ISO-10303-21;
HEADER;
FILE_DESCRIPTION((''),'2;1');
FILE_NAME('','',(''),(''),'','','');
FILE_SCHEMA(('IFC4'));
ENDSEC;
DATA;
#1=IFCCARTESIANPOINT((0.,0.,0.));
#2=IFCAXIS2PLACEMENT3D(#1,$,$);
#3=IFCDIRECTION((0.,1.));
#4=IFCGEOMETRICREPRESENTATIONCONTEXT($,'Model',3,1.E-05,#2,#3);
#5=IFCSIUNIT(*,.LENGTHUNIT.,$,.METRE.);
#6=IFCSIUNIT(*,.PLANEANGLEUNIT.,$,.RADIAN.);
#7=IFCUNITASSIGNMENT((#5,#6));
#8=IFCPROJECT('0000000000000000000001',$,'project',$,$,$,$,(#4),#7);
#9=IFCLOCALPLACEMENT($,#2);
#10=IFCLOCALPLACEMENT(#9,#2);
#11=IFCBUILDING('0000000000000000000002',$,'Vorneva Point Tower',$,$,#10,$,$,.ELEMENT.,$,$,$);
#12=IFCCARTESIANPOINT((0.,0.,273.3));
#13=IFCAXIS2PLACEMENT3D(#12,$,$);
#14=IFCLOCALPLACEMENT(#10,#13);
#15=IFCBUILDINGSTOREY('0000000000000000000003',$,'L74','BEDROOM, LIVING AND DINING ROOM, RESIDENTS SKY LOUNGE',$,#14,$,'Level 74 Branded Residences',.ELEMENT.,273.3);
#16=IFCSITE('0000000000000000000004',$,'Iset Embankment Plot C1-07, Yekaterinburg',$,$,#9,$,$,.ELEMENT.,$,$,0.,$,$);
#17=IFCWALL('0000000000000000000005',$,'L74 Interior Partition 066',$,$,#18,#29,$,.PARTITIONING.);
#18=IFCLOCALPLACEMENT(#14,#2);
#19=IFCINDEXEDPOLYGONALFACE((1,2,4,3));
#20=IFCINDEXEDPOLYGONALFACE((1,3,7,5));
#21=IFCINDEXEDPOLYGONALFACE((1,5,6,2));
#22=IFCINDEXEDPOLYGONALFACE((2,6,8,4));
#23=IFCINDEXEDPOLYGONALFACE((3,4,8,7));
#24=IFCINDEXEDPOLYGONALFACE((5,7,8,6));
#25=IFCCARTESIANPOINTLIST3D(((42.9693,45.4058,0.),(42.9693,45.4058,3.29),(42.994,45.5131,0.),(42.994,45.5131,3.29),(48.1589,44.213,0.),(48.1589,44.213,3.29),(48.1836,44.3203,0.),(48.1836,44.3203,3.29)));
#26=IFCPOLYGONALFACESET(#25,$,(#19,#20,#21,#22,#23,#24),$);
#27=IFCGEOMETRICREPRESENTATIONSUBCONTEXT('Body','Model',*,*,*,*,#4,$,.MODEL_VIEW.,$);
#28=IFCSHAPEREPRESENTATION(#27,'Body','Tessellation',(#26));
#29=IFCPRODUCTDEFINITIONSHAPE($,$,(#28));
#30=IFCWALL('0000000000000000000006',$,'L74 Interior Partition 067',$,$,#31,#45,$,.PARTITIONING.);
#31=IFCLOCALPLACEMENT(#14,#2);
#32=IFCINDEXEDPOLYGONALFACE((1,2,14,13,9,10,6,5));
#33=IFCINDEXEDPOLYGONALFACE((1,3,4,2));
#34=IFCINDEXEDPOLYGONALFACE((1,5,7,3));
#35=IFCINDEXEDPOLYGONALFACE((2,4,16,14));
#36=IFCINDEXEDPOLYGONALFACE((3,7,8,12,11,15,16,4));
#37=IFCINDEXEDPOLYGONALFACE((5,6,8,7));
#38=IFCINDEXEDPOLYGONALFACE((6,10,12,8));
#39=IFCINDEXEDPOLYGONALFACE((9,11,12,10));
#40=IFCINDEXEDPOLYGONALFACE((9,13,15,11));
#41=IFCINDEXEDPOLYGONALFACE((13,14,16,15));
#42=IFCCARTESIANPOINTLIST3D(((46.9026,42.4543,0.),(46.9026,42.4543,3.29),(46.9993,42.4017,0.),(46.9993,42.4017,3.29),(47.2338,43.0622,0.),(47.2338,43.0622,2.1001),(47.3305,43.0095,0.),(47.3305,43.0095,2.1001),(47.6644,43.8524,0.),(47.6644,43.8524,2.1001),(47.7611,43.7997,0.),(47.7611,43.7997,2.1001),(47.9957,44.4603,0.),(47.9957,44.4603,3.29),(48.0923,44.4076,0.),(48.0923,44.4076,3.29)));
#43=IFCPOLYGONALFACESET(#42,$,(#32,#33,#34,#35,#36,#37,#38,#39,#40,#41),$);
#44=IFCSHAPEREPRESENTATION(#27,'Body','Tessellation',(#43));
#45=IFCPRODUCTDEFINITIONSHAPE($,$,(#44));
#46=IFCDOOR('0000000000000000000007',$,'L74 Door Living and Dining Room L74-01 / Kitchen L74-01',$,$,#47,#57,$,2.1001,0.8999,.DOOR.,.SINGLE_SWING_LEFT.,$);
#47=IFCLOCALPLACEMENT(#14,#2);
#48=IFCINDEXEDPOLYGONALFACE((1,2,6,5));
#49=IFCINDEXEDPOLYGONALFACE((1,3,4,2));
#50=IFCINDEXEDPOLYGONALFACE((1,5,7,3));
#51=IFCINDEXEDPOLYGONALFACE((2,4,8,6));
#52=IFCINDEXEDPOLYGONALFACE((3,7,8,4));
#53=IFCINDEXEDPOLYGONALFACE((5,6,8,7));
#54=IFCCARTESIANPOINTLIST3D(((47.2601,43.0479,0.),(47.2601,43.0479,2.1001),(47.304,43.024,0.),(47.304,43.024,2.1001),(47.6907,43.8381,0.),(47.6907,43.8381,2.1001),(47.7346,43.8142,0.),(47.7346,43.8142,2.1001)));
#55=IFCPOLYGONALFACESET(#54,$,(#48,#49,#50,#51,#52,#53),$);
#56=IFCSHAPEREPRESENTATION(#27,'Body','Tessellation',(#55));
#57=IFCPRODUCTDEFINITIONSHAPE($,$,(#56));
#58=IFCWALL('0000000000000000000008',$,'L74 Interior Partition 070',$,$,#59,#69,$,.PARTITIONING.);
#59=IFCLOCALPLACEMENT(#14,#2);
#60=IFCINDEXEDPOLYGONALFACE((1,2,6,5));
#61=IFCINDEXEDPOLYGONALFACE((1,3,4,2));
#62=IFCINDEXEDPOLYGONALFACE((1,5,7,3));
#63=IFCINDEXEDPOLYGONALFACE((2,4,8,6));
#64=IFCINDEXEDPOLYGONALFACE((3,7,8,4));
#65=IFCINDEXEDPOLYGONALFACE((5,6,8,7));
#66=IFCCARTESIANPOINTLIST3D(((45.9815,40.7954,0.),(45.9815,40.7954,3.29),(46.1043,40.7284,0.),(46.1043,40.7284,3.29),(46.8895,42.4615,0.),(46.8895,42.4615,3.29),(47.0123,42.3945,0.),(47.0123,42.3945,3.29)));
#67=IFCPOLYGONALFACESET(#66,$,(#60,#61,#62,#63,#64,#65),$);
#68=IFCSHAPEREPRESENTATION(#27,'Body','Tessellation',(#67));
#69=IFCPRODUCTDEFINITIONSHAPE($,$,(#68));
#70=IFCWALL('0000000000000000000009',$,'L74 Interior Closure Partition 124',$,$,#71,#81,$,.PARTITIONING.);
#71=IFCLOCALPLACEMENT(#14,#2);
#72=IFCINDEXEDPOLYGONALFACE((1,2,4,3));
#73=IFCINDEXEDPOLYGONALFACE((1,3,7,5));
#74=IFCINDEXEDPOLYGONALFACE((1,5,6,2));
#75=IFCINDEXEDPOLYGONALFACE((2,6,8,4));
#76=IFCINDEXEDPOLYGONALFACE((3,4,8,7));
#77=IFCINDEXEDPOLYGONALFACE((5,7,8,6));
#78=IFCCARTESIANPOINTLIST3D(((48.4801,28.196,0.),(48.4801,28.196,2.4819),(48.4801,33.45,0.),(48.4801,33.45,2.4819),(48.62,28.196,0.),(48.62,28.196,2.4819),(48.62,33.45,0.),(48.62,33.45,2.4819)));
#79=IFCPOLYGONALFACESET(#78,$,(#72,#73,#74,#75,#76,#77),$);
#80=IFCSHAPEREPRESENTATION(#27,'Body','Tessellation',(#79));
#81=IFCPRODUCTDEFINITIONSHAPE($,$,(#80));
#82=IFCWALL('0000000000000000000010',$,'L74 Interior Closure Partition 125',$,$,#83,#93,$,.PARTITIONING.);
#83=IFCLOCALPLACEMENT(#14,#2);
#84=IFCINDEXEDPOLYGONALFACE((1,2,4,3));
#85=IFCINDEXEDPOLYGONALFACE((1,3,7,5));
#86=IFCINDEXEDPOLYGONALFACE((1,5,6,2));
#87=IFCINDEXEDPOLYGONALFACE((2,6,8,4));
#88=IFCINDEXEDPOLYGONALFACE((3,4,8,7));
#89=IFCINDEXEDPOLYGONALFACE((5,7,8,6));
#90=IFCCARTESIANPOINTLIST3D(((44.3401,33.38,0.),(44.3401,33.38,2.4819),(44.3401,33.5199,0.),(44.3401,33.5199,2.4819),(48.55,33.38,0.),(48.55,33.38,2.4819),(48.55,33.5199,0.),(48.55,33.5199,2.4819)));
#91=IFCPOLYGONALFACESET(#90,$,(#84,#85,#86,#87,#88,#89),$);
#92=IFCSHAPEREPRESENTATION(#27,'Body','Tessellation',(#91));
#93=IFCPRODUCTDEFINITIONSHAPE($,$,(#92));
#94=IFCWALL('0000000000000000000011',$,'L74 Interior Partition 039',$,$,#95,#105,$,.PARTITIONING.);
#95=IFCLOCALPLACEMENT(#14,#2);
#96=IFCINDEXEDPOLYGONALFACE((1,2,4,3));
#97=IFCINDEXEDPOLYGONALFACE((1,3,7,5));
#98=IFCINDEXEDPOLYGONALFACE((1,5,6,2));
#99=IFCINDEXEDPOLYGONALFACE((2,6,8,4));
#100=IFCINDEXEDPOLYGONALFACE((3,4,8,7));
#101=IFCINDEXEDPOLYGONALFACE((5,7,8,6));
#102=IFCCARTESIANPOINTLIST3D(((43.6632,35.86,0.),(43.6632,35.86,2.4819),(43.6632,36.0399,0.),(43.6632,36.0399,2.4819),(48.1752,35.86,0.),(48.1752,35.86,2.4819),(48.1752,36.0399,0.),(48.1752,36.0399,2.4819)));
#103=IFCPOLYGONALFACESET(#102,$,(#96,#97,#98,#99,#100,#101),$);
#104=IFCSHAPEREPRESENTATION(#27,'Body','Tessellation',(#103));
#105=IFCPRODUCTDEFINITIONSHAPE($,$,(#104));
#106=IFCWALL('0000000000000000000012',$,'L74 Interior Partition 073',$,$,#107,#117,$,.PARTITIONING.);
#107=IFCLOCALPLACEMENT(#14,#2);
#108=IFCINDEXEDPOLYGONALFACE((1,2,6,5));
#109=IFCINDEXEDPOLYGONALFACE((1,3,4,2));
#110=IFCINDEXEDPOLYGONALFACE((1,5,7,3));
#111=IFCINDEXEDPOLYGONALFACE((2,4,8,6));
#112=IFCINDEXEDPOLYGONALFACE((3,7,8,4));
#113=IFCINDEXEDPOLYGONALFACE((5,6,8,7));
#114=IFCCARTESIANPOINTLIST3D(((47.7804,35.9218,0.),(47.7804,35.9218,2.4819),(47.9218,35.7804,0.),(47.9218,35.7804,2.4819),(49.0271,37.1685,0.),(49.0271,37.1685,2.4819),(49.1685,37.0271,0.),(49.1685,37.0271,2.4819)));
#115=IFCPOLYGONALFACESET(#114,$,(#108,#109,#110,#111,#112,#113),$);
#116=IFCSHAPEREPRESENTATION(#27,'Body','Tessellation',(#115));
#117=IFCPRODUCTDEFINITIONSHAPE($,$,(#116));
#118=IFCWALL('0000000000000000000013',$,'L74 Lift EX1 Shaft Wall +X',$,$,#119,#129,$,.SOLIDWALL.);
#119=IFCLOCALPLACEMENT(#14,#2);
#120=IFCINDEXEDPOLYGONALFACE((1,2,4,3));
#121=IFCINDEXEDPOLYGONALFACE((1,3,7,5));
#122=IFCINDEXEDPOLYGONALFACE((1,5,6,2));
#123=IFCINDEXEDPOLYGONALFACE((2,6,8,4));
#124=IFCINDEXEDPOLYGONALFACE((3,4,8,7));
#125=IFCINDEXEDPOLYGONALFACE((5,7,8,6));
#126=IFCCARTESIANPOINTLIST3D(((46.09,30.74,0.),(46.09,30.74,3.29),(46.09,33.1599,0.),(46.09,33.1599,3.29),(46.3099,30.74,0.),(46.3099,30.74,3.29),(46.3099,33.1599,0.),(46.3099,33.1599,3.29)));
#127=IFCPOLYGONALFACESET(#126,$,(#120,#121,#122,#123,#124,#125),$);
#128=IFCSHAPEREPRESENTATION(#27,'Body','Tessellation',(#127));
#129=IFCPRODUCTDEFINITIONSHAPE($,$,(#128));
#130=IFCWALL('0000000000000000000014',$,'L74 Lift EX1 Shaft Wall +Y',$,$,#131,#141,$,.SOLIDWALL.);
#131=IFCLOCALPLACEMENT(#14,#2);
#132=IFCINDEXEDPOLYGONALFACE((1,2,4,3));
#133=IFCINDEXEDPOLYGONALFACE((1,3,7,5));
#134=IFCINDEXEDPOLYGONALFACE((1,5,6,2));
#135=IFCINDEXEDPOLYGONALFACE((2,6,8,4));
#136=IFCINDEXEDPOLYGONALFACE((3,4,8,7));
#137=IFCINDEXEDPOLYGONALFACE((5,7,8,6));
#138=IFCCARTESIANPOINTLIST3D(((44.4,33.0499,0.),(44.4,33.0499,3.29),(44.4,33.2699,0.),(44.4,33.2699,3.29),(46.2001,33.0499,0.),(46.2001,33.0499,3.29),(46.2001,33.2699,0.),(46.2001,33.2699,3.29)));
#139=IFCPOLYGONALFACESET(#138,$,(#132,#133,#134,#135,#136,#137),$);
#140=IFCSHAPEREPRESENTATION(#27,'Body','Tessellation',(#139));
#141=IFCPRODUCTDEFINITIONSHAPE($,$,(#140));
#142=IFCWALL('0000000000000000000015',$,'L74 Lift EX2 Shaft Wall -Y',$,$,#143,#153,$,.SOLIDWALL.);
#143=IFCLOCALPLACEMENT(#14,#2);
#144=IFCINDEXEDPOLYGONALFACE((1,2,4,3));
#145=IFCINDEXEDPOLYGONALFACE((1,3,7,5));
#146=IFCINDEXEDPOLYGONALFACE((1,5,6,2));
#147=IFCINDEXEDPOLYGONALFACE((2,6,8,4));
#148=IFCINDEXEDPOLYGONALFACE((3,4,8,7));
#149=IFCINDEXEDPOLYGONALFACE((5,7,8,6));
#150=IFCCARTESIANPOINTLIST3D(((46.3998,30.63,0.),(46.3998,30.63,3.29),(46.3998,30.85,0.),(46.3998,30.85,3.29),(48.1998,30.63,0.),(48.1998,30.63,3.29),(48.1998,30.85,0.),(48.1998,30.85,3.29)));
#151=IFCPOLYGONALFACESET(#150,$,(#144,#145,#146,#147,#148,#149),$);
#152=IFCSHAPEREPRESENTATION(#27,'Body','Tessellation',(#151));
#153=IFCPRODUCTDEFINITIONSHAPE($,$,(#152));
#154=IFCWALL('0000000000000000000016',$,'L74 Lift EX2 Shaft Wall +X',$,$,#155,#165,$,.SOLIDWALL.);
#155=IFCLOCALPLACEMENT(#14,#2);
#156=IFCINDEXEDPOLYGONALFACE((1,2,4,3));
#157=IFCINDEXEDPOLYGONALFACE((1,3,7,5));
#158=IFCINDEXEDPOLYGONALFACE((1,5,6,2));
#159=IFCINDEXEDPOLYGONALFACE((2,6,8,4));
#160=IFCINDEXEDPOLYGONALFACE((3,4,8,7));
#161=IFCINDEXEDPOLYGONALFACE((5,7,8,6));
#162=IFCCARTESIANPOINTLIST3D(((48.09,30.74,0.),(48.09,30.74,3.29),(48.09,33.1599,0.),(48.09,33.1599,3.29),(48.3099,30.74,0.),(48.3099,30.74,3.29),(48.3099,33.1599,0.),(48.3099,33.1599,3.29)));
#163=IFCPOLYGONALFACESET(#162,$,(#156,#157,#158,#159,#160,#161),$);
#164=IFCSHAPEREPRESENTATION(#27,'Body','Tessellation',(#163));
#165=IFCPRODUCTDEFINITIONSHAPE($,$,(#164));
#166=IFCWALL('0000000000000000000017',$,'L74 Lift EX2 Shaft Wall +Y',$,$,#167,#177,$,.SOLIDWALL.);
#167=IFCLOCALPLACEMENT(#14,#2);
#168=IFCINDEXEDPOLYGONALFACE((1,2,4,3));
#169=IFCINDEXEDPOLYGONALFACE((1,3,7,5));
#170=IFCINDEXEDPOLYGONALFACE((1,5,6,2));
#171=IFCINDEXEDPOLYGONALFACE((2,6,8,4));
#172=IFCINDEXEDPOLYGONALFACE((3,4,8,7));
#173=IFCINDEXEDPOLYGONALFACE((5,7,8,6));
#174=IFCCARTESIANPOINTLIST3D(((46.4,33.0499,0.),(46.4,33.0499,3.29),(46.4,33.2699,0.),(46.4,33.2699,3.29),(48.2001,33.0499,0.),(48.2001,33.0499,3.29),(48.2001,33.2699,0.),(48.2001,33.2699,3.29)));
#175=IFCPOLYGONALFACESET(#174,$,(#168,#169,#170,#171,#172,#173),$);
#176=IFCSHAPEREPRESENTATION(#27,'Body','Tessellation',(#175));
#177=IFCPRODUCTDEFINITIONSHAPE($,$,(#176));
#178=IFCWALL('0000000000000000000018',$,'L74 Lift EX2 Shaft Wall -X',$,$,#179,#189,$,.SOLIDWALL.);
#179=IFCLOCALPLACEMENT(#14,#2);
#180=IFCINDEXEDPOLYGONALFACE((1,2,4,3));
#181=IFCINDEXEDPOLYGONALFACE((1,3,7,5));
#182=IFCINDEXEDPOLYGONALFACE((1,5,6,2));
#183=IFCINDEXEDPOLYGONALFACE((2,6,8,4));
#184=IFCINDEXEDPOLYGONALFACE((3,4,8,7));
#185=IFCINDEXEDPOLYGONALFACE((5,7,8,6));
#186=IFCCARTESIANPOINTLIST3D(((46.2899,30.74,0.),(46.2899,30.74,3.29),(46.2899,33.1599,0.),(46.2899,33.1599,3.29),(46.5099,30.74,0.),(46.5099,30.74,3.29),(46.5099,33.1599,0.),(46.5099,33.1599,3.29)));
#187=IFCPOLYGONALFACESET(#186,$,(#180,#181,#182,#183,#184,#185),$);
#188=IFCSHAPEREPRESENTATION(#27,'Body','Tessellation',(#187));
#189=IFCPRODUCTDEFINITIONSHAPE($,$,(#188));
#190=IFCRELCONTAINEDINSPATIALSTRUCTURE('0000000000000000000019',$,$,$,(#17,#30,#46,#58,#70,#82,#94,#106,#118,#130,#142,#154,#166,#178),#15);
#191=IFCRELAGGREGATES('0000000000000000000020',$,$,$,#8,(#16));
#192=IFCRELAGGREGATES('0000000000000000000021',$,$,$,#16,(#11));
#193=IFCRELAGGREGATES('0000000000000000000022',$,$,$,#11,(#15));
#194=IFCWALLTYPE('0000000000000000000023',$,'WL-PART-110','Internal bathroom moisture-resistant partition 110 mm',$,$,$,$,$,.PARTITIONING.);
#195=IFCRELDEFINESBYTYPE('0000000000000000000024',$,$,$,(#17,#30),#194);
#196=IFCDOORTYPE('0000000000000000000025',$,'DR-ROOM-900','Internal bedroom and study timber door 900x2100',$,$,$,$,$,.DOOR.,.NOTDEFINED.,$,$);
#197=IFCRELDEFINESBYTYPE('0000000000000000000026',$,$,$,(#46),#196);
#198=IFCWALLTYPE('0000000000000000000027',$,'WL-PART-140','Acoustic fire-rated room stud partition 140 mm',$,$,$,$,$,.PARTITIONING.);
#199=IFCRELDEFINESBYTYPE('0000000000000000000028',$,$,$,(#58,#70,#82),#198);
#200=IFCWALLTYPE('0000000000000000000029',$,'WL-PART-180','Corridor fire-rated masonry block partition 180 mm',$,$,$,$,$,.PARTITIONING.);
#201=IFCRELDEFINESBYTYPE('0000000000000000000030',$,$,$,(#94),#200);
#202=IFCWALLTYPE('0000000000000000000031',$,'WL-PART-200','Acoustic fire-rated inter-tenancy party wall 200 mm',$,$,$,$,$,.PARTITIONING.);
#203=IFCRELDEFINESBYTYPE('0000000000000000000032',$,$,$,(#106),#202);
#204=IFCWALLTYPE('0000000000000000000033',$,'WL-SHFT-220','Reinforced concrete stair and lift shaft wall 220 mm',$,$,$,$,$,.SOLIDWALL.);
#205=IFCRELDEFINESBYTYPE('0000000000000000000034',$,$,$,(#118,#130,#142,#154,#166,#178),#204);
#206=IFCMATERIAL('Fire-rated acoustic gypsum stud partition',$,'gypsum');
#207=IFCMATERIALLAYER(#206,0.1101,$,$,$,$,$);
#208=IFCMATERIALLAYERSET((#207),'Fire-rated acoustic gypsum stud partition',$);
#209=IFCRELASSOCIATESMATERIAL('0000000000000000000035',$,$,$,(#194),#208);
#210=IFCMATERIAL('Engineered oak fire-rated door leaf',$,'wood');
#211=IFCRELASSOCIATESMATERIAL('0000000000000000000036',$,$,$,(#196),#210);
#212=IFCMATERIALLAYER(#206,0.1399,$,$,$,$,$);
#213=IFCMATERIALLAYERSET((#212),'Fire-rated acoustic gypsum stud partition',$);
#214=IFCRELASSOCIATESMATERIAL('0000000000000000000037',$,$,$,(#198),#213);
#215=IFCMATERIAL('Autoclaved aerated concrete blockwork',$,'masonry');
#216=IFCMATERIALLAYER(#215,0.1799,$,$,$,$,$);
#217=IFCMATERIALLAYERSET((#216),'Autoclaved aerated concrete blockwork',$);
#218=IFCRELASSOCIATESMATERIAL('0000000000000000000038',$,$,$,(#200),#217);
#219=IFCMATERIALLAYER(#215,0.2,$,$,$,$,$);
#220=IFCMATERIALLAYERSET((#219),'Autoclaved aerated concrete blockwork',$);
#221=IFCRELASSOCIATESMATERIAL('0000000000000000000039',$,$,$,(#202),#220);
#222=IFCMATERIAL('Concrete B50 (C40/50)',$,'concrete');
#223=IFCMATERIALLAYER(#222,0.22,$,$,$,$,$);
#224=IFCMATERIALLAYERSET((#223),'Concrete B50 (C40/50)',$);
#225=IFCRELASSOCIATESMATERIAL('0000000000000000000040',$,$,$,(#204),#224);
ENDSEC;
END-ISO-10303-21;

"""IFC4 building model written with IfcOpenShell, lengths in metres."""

from ifc_helpers import new_model, si_unit, direction, frame, frame_2d, origin, place, context, subcontext, project, spatial, rectangle, extrude, material, layer, layer_set, type_object, element, fill, save


model = new_model("IFC4")

# Units and contexts
model_context = context("Model", 3, precision=1e-05, world=origin(), true_north=direction((0.0, 1.0)))
body_context = subcontext(model_context, "Body", "Model", "MODEL_VIEW")
ifc_project = project(units=[si_unit("LENGTHUNIT", "METRE"), si_unit("PLANEANGLEUNIT", "RADIAN")], contexts=[model_context])

# Site, building, storey
site_placement = place(None, origin())
site = spatial("IfcSite", under=ifc_project, at=site_placement, Name="Iset Embankment Plot C1-07, Yekaterinburg", CompositionType="ELEMENT", RefElevation=0.0)
building_placement = place(site_placement, origin())
building = spatial("IfcBuilding", under=site, at=building_placement, Name="Vorneva Point Tower", CompositionType="ELEMENT")
storey_placement = place(building_placement, frame((0.0, 0.0, 273.3)))
storey = spatial("IfcBuildingStorey", under=building, at=storey_placement, Name="L74", Description="BEDROOM, LIVING AND DINING ROOM, RESIDENTS SKY LOUNGE", LongName="Level 74 Branded Residences", CompositionType="ELEMENT", Elevation=273.3)

# Shared definitions
ifc_material_1 = material(Name="Concrete B50 (C40/50)", Category="concrete")

# Wall
ifc_material_2 = material(Name="Fire-rated acoustic gypsum stud partition", Category="gypsum")
ifc_layer_1 = layer(ifc_material_2, 0.1101)
ifc_layer_set_1 = layer_set([ifc_layer_1], Name="Fire-rated acoustic gypsum stud partition")
wall_type_1 = type_object("IfcWallType", Name="WL-PART-110", Description="Internal bathroom moisture-resistant partition 110 mm", PredefinedType="PARTITIONING", material=ifc_layer_set_1)
wall_1_placement = place(storey_placement, frame((48.1714, 44.2666, 0.0), z_axis=(0.0, 0.0, 1.0), x_axis=(-0.974586, 0.224012, 0.0)))
element("IfcWall", 1, at=wall_1_placement, inside=storey, type_object=wall_type_1, Name="L74 Interior Partition 066", PredefinedType="PARTITIONING", context=body_context, shape_type="SweptSolid", body=[
    extrude(rectangle(XDim=5.325, YDim=0.1101, at=frame_2d((2.6626, 0.0))), origin(), (0.0, 0.0, 1.0), 3.29),
])

# Wall, opening, door
wall_2_placement = place(storey_placement, frame((48.0439, 44.4338, 0.0), z_axis=(0.0, 0.0, 1.0), x_axis=(-0.478485, -0.878096, 0.0)))
wall_2 = element("IfcWall", 2, at=wall_2_placement, inside=storey, type_object=wall_type_1, Name="L74 Interior Partition 067", PredefinedType="PARTITIONING", context=body_context, shape_type="SweptSolid", body=[
    extrude(rectangle(XDim=2.2844, YDim=0.1101, at=frame_2d((1.1421, 0.0))), origin(), (0.0, 0.0, 1.0), 3.29),
])
opening_placement = place(wall_2_placement, frame((0.6921, 0.0, 0.0)))
opening = element("IfcOpeningElement", 3, at=opening_placement, cuts=wall_2, PredefinedType="OPENING", context=body_context, shape_type="SweptSolid", body=[
    extrude(rectangle(XDim=0.8999, YDim=2.1001, at=frame_2d((0.45, 1.05))), frame((0.0, 0.0698, 0.0), z_axis=(0.0, -1.0, 0.0), x_axis=(1.0, 0.0, 0.0)), (0.0, 0.0, 1.0), 0.1399),
])
ifc_material_3 = material(Name="Engineered oak fire-rated door leaf", Category="wood")
door_type = type_object("IfcDoorType", Name="DR-ROOM-900", Description="Internal bedroom and study timber door 900x2100", OperationType="NOTDEFINED", PredefinedType="DOOR", material=ifc_material_3)
door_placement = place(opening_placement, origin())
door = element("IfcDoor", 4, at=door_placement, inside=storey, type_object=door_type, Name="L74 Door Living and Dining Room L74-01 / Kitchen L74-01", OperationType="SINGLE_SWING_LEFT", OverallHeight=2.1001, OverallWidth=0.8999, PredefinedType="DOOR", context=body_context, shape_type="SweptSolid", body=[
    extrude(rectangle(XDim=0.8999, YDim=2.1001, at=frame_2d((0.45, 1.05))), frame((0.0, 0.0249, 0.0), z_axis=(0.0, -1.0, 0.0), x_axis=(1.0, 0.0, 0.0)), (0.0, 0.0, 1.0), 0.05),
])
fill(opening, door)

# Walls
ifc_layer_2 = layer(ifc_material_2, 0.1399)
ifc_layer_set_2 = layer_set([ifc_layer_2], Name="Fire-rated acoustic gypsum stud partition")
wall_type_2 = type_object("IfcWallType", Name="WL-PART-140", Description="Acoustic fire-rated room stud partition 140 mm", PredefinedType="PARTITIONING", material=ifc_layer_set_2)
wall_3_placement = place(storey_placement, frame((46.9509, 42.428, 0.0), z_axis=(0.0, 0.0, 1.0), x_axis=(-0.478537, -0.878068, 0.0)))
element("IfcWall", 5, at=wall_3_placement, inside=storey, type_object=wall_type_2, Name="L74 Interior Partition 070", PredefinedType="PARTITIONING", context=body_context, shape_type="SweptSolid", body=[
    extrude(rectangle(XDim=1.8975, YDim=0.1399, at=frame_2d((0.9487, 0.0))), origin(), (0.0, 0.0, 1.0), 3.29),
])
wall_4_placement = place(storey_placement, frame((48.55, 28.196, 0.0), z_axis=(0.0, 0.0, 1.0), x_axis=(0.0, 1.0, 0.0)))
element("IfcWall", 6, at=wall_4_placement, inside=storey, type_object=wall_type_2, Name="L74 Interior Closure Partition 124", PredefinedType="PARTITIONING", context=body_context, shape_type="SweptSolid", body=[
    extrude(rectangle(XDim=5.2539, YDim=0.1399, at=frame_2d((2.627, 0.0))), origin(), (0.0, 0.0, 1.0), 2.4819),
])
wall_5_placement = place(storey_placement, frame((48.55, 33.45, 0.0), z_axis=(0.0, 0.0, 1.0), x_axis=(-1.0, 0.0, 0.0)))
element("IfcWall", 7, at=wall_5_placement, inside=storey, type_object=wall_type_2, Name="L74 Interior Closure Partition 125", PredefinedType="PARTITIONING", context=body_context, shape_type="SweptSolid", body=[
    extrude(rectangle(XDim=4.21, YDim=0.1399, at=frame_2d((2.105, 0.0))), origin(), (0.0, 0.0, 1.0), 2.4819),
])
ifc_material_4 = material(Name="Autoclaved aerated concrete blockwork", Category="masonry")
ifc_layer_3 = layer(ifc_material_4, 0.1799)
ifc_layer_set_3 = layer_set([ifc_layer_3], Name="Autoclaved aerated concrete blockwork")
wall_type_3 = type_object("IfcWallType", Name="WL-PART-180", Description="Corridor fire-rated masonry block partition 180 mm", PredefinedType="PARTITIONING", material=ifc_layer_set_3)
wall_6_placement = place(storey_placement, frame((48.175, 35.95, 0.0), z_axis=(0.0, 0.0, 1.0), x_axis=(-1.0, 0.0, 0.0)))
element("IfcWall", 8, at=wall_6_placement, inside=storey, type_object=wall_type_3, Name="L74 Interior Partition 039", PredefinedType="PARTITIONING", context=body_context, shape_type="SweptSolid", body=[
    extrude(rectangle(XDim=4.512, YDim=0.1799, at=frame_2d((2.2559, 0.0))), origin(), (0.0, 0.0, 1.0), 2.4819),
])
ifc_layer_4 = layer(ifc_material_4, 0.2)
ifc_layer_set_4 = layer_set([ifc_layer_4], Name="Autoclaved aerated concrete blockwork")
wall_type_4 = type_object("IfcWallType", Name="WL-PART-200", Description="Acoustic fire-rated inter-tenancy party wall 200 mm", PredefinedType="PARTITIONING", material=ifc_layer_set_4)
wall_7_placement = place(storey_placement, frame((47.8511, 35.8511, 0.0), z_axis=(0.0, 0.0, 1.0), x_axis=(0.707107, 0.707107, 0.0)))
element("IfcWall", 9, at=wall_7_placement, inside=storey, type_object=wall_type_4, Name="L74 Interior Partition 073", PredefinedType="PARTITIONING", context=body_context, shape_type="SweptSolid", body=[
    extrude(rectangle(XDim=1.7632, YDim=0.2, at=frame_2d((0.8816, 0.0))), origin(), (0.0, 0.0, 1.0), 2.4819),
])
ifc_layer_5 = layer(ifc_material_1, 0.22)
ifc_layer_set_5 = layer_set([ifc_layer_5], Name="Concrete B50 (C40/50)")
wall_type_5 = type_object("IfcWallType", Name="WL-SHFT-220", Description="Reinforced concrete stair and lift shaft wall 220 mm", PredefinedType="SOLIDWALL", material=ifc_layer_set_5)
wall_8_placement = place(storey_placement, frame((46.2, 30.74, 0.0), z_axis=(0.0, 0.0, 1.0), x_axis=(0.0, 1.0, 0.0)))
element("IfcWall", 10, at=wall_8_placement, inside=storey, type_object=wall_type_5, Name="L74 Lift EX1 Shaft Wall +X", PredefinedType="SOLIDWALL", context=body_context, shape_type="SweptSolid", body=[
    extrude(rectangle(XDim=2.4199, YDim=0.22, at=frame_2d((1.21, 0.0))), origin(), (0.0, 0.0, 1.0), 3.29),
])
for number, where, z_axis, x_axis, name in (
    (11, (46.2, 33.1599, 0.0), (0.0, 0.0, 1.0), (-1.0, 0.0, 0.0), "L74 Lift EX1 Shaft Wall +Y"),
    (12, (46.3999, 30.74, 0.0), (0.0, 0.0, 1.0), (1.0, 0.0, 0.0), "L74 Lift EX2 Shaft Wall -Y"),
):
    element("IfcWall", number, at=place(storey_placement, frame(where, z_axis=z_axis, x_axis=x_axis)), inside=storey, type_object=wall_type_5, Name=name, PredefinedType="SOLIDWALL", context=body_context, shape_type="SweptSolid", body=[
        extrude(rectangle(XDim=1.8, YDim=0.22, at=frame_2d((0.8999, 0.0))), origin(), (0.0, 0.0, 1.0), 3.29),
    ])
wall_9_placement = place(storey_placement, frame((48.2, 30.74, 0.0), z_axis=(0.0, 0.0, 1.0), x_axis=(0.0, 1.0, 0.0)))
element("IfcWall", 13, at=wall_9_placement, inside=storey, type_object=wall_type_5, Name="L74 Lift EX2 Shaft Wall +X", PredefinedType="SOLIDWALL", context=body_context, shape_type="SweptSolid", body=[
    extrude(rectangle(XDim=2.4199, YDim=0.22, at=frame_2d((1.21, 0.0))), origin(), (0.0, 0.0, 1.0), 3.29),
])
wall_10_placement = place(storey_placement, frame((48.2, 33.1599, 0.0), z_axis=(0.0, 0.0, 1.0), x_axis=(-1.0, 0.0, 0.0)))
element("IfcWall", 14, at=wall_10_placement, inside=storey, type_object=wall_type_5, Name="L74 Lift EX2 Shaft Wall +Y", PredefinedType="SOLIDWALL", context=body_context, shape_type="SweptSolid", body=[
    extrude(rectangle(XDim=1.8, YDim=0.22, at=frame_2d((0.8999, 0.0))), origin(), (0.0, 0.0, 1.0), 3.29),
])
wall_11_placement = place(storey_placement, frame((46.3999, 33.1599, 0.0), z_axis=(0.0, 0.0, 1.0), x_axis=(0.0, -1.0, 0.0)))
element("IfcWall", 15, at=wall_11_placement, inside=storey, type_object=wall_type_5, Name="L74 Lift EX2 Shaft Wall -X", PredefinedType="SOLIDWALL", context=body_context, shape_type="SweptSolid", body=[
    extrude(rectangle(XDim=2.4199, YDim=0.22, at=frame_2d((1.21, 0.0))), origin(), (0.0, 0.0, 1.0), 3.29),
])

save(model, "model.ifc")
